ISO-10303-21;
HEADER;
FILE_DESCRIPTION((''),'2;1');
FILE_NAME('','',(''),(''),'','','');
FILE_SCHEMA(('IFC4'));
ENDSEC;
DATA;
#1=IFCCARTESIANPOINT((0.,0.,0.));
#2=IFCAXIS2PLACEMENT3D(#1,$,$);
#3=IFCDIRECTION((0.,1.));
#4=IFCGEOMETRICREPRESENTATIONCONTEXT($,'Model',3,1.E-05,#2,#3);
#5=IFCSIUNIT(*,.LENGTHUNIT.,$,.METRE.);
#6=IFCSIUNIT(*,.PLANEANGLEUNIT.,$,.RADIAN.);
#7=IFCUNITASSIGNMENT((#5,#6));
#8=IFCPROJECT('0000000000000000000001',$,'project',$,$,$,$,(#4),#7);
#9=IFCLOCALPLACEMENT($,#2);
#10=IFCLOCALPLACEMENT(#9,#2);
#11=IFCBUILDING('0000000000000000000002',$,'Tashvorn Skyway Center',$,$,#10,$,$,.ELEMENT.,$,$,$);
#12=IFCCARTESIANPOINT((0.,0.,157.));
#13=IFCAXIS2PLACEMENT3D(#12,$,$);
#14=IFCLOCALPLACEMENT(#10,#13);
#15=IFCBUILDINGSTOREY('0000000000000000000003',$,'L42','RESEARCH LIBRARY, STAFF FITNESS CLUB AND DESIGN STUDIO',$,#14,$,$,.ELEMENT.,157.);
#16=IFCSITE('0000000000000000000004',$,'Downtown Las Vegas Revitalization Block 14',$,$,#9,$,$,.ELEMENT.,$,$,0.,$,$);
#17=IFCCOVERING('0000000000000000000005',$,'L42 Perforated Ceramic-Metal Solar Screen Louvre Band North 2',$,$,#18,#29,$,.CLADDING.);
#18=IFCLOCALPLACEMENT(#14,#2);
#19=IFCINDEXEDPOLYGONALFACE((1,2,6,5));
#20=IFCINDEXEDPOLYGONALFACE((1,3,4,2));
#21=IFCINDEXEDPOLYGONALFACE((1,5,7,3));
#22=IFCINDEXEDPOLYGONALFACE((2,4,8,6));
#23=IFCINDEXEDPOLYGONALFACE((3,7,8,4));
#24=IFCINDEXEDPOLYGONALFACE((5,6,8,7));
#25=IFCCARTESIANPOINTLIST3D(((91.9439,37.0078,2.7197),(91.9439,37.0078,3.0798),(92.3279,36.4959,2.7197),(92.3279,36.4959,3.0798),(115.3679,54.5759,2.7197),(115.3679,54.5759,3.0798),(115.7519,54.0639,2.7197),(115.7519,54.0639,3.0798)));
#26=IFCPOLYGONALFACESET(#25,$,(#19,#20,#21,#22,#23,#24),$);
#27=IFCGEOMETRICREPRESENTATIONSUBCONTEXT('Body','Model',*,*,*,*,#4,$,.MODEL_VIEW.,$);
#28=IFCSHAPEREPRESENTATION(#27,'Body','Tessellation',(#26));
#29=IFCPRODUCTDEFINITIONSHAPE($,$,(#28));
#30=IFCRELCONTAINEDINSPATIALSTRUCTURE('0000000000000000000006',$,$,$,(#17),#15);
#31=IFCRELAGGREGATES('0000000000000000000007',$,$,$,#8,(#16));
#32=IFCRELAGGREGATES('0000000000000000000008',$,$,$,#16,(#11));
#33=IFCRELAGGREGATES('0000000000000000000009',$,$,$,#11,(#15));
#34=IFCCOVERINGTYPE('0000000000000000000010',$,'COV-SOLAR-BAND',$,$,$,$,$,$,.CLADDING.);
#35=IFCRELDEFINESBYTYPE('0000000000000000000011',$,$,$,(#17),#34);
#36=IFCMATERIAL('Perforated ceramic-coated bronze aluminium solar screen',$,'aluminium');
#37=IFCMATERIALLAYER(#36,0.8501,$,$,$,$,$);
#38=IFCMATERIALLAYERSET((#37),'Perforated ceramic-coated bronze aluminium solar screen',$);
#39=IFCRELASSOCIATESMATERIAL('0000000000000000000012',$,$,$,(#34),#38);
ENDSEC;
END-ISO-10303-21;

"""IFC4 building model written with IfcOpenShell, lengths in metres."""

from ifc_helpers import new_model, si_unit, direction, frame, origin, origin_2d, place, context, subcontext, project, spatial, rectangle, extrude, material, layer, layer_set, type_object, element, save


model = new_model("IFC4")

# Units and contexts
model_context = context("Model", 3, precision=1e-05, world=origin(), true_north=direction((0.0, 1.0)))
body_context = subcontext(model_context, "Body", "Model", "MODEL_VIEW")
ifc_project = project(units=[si_unit("LENGTHUNIT", "METRE"), si_unit("PLANEANGLEUNIT", "RADIAN")], contexts=[model_context])

# Site, building, storey
site_placement = place(None, origin())
site = spatial("IfcSite", under=ifc_project, at=site_placement, Name="Downtown Las Vegas Revitalization Block 14", CompositionType="ELEMENT", RefElevation=0.0)
building_placement = place(site_placement, origin())
building = spatial("IfcBuilding", under=site, at=building_placement, Name="Tashvorn Skyway Center", CompositionType="ELEMENT")
storey_placement = place(building_placement, frame((0.0, 0.0, 157.0)))
storey = spatial("IfcBuildingStorey", under=building, at=storey_placement, Name="L42", Description="RESEARCH LIBRARY, STAFF FITNESS CLUB AND DESIGN STUDIO", CompositionType="ELEMENT", Elevation=157.0)

# Covering
ifc_material_1 = material(Name="Perforated ceramic-coated bronze aluminium solar screen", Category="aluminium")
ifc_layer_1 = layer(ifc_material_1, 0.8501)
ifc_layer_set_1 = layer_set([ifc_layer_1], Name="Perforated ceramic-coated bronze aluminium solar screen")
covering_type = type_object("IfcCoveringType", Name="COV-SOLAR-BAND", PredefinedType="CLADDING", material=ifc_layer_set_1)
for number, where, z_axis, x_axis, name in (
    (1, (103.8479, 45.5359, 2.7197), (0.0, 0.0, 1.0), (0.8, 0.6, 0.0), "L42 Perforated Ceramic-Metal Solar Screen Louvre Band North 2"),
):
    element("IfcCovering", number, at=place(storey_placement, frame(where, z_axis=z_axis, x_axis=x_axis)), inside=storey, type_object=covering_type, Name=name, PredefinedType="CLADDING", context=body_context, shape_type="SweptSolid", body=[
        extrude(rectangle(XDim=29.28, YDim=0.6399, at=origin_2d()), origin(), (0.0, 0.0, 1.0), 0.3601),
    ])

save(model, "model.ifc")
